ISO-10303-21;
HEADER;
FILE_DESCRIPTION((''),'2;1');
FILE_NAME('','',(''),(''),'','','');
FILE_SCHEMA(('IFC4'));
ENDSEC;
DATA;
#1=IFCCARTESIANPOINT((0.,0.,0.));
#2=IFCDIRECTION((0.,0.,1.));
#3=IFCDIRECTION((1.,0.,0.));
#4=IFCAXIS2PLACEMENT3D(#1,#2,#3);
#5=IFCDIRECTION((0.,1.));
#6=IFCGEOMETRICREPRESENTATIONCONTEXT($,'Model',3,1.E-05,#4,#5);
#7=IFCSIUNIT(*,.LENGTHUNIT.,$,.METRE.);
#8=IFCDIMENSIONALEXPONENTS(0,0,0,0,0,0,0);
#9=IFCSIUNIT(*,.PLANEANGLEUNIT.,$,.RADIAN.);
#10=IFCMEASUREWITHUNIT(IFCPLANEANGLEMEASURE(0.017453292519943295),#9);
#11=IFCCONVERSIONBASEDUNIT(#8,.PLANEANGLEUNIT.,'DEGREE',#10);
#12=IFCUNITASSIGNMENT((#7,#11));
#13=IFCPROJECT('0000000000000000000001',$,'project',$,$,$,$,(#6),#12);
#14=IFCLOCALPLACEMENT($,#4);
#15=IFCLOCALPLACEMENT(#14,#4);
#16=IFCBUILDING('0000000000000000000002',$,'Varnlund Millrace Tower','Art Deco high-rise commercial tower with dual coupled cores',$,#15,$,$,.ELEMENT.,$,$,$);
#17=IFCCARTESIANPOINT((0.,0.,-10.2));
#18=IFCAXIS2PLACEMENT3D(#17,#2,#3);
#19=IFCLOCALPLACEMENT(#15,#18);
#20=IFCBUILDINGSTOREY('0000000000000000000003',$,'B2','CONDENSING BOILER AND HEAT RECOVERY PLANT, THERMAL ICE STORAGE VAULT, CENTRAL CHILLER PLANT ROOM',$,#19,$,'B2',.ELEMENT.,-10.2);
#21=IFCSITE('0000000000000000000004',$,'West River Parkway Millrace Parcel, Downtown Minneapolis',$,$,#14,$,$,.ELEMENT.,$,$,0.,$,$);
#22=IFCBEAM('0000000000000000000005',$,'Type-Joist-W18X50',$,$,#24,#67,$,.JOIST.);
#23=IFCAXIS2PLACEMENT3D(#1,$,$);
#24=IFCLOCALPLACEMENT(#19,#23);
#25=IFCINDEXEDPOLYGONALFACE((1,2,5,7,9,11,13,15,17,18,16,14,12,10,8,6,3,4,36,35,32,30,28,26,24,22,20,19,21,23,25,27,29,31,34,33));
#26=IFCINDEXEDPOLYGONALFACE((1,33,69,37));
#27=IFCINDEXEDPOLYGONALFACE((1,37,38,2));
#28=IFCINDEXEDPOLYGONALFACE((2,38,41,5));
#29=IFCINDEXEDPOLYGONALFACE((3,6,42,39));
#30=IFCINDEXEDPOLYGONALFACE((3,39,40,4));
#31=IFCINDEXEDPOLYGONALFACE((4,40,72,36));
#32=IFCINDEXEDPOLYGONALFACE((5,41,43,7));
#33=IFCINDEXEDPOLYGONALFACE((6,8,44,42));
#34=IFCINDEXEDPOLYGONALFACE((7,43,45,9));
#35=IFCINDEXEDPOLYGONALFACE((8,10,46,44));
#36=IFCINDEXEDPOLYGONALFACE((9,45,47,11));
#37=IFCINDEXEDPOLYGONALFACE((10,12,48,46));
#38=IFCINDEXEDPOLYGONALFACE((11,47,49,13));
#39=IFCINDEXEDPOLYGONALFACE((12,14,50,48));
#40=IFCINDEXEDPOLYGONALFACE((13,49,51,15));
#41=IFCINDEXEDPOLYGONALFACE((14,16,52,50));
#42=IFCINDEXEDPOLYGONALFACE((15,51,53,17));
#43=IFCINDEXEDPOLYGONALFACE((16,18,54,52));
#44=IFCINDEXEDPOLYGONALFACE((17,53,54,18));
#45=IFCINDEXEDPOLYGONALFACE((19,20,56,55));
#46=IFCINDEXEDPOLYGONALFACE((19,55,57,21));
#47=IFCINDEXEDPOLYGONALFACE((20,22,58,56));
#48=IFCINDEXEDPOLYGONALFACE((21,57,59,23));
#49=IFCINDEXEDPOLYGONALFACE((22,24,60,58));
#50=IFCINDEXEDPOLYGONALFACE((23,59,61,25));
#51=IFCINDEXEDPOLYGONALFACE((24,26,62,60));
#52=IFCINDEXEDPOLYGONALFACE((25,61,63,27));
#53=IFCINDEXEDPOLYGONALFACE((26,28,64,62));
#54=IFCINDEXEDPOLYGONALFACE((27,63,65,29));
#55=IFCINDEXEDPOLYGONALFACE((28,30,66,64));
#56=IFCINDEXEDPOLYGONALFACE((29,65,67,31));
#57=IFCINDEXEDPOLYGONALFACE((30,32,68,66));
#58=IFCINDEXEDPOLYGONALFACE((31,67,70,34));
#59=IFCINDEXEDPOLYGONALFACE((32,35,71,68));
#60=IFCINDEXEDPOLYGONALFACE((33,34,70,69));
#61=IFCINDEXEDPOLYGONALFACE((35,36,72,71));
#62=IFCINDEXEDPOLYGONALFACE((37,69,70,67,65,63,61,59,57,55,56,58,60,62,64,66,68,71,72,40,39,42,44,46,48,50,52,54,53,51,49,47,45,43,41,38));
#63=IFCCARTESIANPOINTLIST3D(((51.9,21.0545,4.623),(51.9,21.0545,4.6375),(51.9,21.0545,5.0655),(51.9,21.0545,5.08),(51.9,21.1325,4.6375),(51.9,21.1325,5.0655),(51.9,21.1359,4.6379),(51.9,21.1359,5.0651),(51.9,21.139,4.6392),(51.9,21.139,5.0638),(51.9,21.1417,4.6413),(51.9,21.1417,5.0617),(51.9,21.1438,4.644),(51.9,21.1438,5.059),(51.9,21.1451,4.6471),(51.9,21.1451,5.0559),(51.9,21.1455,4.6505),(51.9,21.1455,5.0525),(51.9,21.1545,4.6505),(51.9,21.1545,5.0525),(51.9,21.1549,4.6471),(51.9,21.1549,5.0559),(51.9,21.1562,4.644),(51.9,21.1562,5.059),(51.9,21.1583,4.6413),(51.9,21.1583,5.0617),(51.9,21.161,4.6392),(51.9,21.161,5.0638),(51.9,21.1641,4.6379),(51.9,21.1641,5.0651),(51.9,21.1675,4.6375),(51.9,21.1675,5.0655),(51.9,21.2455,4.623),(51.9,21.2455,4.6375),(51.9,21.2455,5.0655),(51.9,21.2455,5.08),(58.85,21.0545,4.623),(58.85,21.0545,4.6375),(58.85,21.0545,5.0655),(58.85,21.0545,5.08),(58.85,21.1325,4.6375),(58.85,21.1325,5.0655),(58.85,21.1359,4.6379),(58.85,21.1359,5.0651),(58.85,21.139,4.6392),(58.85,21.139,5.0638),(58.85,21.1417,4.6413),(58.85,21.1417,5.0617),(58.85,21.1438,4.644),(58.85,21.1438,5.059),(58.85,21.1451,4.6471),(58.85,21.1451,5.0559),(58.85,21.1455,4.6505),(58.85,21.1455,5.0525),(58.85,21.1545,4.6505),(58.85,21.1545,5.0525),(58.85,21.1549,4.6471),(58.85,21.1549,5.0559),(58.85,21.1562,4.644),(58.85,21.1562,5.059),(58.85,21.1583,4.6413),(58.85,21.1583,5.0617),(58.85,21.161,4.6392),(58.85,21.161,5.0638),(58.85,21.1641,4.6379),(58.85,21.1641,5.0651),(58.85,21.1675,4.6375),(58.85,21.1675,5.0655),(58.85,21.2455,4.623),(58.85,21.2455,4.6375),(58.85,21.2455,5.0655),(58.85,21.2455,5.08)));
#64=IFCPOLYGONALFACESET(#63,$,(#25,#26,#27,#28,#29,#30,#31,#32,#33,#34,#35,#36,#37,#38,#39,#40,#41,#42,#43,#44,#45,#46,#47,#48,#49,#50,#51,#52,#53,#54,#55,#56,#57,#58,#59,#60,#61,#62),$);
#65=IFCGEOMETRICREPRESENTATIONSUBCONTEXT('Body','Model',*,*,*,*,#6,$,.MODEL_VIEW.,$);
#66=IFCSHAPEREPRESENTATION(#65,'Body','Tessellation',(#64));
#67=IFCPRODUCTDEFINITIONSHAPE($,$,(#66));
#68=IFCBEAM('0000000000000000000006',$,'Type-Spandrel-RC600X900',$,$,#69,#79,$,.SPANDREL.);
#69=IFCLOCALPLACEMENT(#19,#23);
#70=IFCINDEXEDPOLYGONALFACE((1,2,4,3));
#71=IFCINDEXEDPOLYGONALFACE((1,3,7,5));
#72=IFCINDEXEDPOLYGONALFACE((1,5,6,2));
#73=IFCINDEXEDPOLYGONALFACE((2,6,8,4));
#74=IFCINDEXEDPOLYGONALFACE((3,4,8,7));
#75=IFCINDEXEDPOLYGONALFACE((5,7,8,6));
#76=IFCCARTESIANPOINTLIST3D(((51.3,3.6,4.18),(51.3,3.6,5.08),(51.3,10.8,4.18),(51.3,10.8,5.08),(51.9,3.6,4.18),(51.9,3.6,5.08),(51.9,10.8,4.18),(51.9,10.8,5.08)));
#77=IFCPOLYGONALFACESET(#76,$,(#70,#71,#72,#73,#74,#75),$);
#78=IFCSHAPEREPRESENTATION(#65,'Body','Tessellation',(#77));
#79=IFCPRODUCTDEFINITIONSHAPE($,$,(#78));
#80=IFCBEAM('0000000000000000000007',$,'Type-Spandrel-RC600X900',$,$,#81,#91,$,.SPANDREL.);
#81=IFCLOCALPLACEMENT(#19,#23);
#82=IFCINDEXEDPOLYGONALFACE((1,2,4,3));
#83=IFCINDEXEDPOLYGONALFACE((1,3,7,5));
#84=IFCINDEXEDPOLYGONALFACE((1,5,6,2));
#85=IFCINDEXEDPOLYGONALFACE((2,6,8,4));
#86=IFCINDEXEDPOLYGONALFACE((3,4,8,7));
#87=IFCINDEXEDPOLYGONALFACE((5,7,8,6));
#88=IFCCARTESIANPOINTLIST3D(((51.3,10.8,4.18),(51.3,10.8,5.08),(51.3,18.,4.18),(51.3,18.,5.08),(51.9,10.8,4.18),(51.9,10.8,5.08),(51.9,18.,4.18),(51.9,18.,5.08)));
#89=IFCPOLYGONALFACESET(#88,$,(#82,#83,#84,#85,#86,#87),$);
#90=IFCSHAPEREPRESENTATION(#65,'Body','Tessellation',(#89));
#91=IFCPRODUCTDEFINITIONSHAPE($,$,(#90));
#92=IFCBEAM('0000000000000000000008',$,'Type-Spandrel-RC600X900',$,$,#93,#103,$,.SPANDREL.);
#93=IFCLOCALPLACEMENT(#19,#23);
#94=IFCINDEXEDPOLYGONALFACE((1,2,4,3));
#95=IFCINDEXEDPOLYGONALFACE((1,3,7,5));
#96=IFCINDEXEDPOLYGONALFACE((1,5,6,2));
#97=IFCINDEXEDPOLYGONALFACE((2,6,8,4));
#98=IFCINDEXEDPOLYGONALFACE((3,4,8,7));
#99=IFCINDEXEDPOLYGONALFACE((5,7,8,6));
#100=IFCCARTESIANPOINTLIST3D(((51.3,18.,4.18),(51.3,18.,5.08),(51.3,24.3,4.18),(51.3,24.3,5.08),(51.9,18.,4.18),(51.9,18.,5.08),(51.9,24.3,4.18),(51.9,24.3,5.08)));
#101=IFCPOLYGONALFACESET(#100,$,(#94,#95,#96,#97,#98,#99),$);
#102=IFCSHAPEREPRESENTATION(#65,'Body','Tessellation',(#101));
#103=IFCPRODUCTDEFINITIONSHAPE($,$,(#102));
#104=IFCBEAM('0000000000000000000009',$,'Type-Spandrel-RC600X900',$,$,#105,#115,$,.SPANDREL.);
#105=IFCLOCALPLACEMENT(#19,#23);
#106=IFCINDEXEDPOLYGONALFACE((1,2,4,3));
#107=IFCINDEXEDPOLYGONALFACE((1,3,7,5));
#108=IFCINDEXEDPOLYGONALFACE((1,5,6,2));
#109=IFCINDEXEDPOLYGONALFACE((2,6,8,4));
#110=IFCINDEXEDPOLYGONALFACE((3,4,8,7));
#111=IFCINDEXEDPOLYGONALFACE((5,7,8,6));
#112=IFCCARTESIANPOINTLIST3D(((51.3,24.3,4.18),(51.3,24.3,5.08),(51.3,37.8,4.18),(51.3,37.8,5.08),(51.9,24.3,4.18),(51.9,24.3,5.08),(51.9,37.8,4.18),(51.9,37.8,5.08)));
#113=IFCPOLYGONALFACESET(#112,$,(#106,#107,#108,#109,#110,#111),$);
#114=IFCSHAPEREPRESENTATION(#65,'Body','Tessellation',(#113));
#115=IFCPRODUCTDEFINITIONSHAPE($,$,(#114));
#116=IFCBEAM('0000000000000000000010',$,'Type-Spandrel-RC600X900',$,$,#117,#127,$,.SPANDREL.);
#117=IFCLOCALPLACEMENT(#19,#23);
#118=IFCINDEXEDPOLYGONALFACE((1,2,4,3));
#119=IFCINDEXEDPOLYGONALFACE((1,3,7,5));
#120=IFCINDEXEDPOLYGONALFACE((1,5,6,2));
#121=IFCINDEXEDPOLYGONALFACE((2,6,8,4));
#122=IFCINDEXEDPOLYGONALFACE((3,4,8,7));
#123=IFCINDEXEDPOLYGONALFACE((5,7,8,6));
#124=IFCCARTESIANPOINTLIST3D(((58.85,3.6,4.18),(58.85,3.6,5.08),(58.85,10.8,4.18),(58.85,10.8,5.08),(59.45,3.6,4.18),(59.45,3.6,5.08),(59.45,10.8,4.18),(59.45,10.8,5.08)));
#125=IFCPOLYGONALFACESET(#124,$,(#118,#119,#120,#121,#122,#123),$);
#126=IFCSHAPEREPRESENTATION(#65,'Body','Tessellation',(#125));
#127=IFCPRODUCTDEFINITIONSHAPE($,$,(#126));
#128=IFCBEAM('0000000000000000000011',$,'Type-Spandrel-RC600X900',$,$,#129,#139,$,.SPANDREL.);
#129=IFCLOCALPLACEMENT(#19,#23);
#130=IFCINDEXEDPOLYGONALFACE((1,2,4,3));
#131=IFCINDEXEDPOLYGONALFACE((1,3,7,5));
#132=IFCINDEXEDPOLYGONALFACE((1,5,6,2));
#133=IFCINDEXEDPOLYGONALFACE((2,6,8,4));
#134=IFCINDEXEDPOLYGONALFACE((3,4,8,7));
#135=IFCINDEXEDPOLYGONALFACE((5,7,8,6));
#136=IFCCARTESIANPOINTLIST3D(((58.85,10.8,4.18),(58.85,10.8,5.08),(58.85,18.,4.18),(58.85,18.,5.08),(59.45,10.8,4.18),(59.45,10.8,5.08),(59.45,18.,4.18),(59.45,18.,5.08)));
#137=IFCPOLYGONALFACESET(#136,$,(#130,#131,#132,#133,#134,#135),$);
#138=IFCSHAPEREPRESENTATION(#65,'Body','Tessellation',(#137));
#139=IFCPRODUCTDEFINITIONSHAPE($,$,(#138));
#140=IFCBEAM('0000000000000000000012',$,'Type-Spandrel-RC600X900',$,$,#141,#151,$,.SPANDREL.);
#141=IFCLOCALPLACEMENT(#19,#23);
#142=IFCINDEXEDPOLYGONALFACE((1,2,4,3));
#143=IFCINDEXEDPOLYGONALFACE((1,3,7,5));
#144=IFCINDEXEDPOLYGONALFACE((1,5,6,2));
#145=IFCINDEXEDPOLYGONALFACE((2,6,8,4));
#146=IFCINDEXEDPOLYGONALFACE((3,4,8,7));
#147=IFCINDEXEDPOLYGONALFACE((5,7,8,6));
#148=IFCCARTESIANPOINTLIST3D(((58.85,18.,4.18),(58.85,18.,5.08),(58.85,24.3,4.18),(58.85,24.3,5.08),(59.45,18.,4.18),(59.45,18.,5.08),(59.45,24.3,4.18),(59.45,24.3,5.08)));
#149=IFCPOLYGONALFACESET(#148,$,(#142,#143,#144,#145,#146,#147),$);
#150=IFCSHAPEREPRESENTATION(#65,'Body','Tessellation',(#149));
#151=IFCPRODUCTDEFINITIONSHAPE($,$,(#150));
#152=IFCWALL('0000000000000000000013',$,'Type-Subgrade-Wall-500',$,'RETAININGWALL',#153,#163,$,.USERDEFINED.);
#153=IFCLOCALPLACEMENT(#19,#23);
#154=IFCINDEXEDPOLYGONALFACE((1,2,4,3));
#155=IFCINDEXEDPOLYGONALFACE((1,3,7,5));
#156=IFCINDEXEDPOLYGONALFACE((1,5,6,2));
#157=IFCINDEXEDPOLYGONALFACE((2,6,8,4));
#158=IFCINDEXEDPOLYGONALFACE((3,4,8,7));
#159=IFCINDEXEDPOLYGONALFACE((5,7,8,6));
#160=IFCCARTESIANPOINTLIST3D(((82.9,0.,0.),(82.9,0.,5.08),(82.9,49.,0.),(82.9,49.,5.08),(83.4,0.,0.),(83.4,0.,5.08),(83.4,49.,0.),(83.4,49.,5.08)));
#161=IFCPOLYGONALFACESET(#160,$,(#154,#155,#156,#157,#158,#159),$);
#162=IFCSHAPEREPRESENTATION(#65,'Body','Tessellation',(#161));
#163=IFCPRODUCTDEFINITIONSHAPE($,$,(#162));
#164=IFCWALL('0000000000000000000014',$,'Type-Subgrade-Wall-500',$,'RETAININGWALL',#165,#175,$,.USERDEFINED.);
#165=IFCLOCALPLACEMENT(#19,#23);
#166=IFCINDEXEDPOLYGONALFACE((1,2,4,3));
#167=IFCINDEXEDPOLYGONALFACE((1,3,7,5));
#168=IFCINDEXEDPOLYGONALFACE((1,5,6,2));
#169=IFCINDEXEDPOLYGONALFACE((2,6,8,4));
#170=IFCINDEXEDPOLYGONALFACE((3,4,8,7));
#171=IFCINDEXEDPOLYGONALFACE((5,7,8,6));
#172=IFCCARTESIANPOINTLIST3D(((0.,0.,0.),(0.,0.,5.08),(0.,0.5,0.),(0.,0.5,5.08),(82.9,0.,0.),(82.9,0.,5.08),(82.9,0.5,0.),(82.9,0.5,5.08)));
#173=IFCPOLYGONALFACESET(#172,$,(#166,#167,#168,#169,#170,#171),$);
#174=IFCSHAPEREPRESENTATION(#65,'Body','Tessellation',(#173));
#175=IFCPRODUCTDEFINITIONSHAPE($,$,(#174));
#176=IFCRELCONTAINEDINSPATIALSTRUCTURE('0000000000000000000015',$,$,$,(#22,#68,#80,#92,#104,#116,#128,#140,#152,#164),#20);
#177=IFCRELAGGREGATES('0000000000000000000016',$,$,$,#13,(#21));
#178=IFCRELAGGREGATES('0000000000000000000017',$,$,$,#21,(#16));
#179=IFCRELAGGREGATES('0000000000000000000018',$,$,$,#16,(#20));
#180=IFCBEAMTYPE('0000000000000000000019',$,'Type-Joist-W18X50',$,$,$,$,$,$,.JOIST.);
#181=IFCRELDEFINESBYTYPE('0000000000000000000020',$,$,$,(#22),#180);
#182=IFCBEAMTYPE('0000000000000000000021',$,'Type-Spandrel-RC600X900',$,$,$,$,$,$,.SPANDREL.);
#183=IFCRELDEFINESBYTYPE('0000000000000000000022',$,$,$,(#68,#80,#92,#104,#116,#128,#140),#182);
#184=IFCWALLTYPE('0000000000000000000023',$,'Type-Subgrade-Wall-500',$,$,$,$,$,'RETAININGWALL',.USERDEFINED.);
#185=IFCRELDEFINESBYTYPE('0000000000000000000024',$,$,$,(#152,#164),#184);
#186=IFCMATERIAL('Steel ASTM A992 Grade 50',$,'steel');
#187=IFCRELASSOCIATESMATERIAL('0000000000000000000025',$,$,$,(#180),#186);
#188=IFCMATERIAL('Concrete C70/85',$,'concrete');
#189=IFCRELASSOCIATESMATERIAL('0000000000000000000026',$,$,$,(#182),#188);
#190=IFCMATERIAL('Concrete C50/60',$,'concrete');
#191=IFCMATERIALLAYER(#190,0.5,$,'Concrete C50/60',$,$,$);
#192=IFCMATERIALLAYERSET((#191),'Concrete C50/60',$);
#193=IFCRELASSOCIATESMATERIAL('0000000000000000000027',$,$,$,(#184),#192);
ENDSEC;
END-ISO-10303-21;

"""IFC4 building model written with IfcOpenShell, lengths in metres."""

from ifc_helpers import new_model, entity, si_unit, converted_unit, direction, frame, origin_with_axes, origin_2d_with_axis, place, context, subcontext, project, spatial, polyline, rectangle, i_section, outline, extrude, material, layer, layer_set, material_profile, profile_set, type_object, element, save


model = new_model("IFC4")

# Units and contexts
model_context = context("Model", 3, precision=1e-05, world=origin_with_axes(), true_north=direction((0.0, 1.0)))
body_context = subcontext(model_context, "Body", "Model", "MODEL_VIEW")
ifc_project = project(units=[si_unit("LENGTHUNIT", "METRE"), converted_unit("PLANEANGLEUNIT", "DEGREE", entity("IfcPlaneAngleMeasure", 0.017453292519943295), si_unit("PLANEANGLEUNIT", "RADIAN"), dimensions=[0, 0, 0, 0, 0, 0, 0])], contexts=[model_context])

# Site, building, storey
site_placement = place(None, origin_with_axes())
site = spatial("IfcSite", under=ifc_project, at=site_placement, Name="West River Parkway Millrace Parcel, Downtown Minneapolis", CompositionType="ELEMENT", RefElevation=0.0)
building_placement = place(site_placement, origin_with_axes())
building = spatial("IfcBuilding", under=site, at=building_placement, Name="Varnlund Millrace Tower", Description="Art Deco high-rise commercial tower with dual coupled cores", CompositionType="ELEMENT")
storey_placement = place(building_placement, frame((0.0, 0.0, -10.2), z_axis=(0.0, 0.0, 1.0), x_axis=(1.0, 0.0, 0.0)))
storey = spatial("IfcBuildingStorey", under=building, at=storey_placement, Name="B2", Description="CONDENSING BOILER AND HEAT RECOVERY PLANT, THERMAL ICE STORAGE VAULT, CENTRAL CHILLER PLANT ROOM", LongName="B2", CompositionType="ELEMENT", Elevation=-10.2)

# Beams
ifc_material_1 = material(Name="Steel ASTM A992 Grade 50", Category="steel")
ifc_material_profile_1 = material_profile(ifc_material_1, i_section(OverallWidth=0.191, OverallDepth=0.457, WebThickness=0.009, FlangeThickness=0.0145, FilletRadius=0.013, at=origin_2d_with_axis()), Name="Steel ASTM A992 Grade 50")
ifc_profile_set_1 = profile_set([ifc_material_profile_1], Name="Steel ASTM A992 Grade 50")
beam_type_1 = type_object("IfcBeamType", Name="Type-Joist-W18X50", PredefinedType="JOIST", material=ifc_profile_set_1)
for number, where, z_axis, x_axis, name in (
    (1, (51.9, 21.15, 4.8515), (1.0, 0.0, 0.0), (0.0, 1.0, 0.0), "Type-Joist-W18X50"),
):
    element("IfcBeam", number, at=place(storey_placement, frame(where, z_axis=z_axis, x_axis=x_axis)), inside=storey, type_object=beam_type_1, Name=name, PredefinedType="JOIST", context=body_context, shape_type="SweptSolid", body=[
        extrude(i_section(OverallWidth=0.191, OverallDepth=0.457, WebThickness=0.009, FlangeThickness=0.0145, FilletRadius=0.013, at=origin_2d_with_axis()), origin_with_axes(), (0.0, 0.0, 1.0), 6.95),
    ])
ifc_material_2 = material(Name="Concrete C70/85", Category="concrete")
ifc_material_profile_2 = material_profile(ifc_material_2, rectangle(XDim=0.6, YDim=0.9, at=origin_2d_with_axis()), Name="Concrete C70/85")
ifc_profile_set_2 = profile_set([ifc_material_profile_2], Name="Concrete C70/85")
beam_type_2 = type_object("IfcBeamType", Name="Type-Spandrel-RC600X900", PredefinedType="SPANDREL", material=ifc_profile_set_2)
for number, where, z_axis, x_axis, name in (
    (2, (51.6, 3.6, 4.63), (0.0, 1.0, 0.0), (-1.0, 0.0, 0.0), "Type-Spandrel-RC600X900"),
    (3, (51.6, 10.8, 4.63), (0.0, 1.0, 0.0), (-1.0, 0.0, 0.0), "Type-Spandrel-RC600X900"),
):
    element("IfcBeam", number, at=place(storey_placement, frame(where, z_axis=z_axis, x_axis=x_axis)), inside=storey, type_object=beam_type_2, Name=name, PredefinedType="SPANDREL", context=body_context, shape_type="SweptSolid", body=[
        extrude(rectangle(XDim=0.6, YDim=0.9, at=origin_2d_with_axis()), origin_with_axes(), (0.0, 0.0, 1.0), 7.2),
    ])
beam_1_placement = place(storey_placement, frame((51.6, 18.0, 4.63), z_axis=(0.0, 1.0, 0.0), x_axis=(-1.0, 0.0, 0.0)))
element("IfcBeam", 4, at=beam_1_placement, inside=storey, type_object=beam_type_2, Name="Type-Spandrel-RC600X900", PredefinedType="SPANDREL", context=body_context, shape_type="SweptSolid", body=[
    extrude(rectangle(XDim=0.6, YDim=0.9, at=origin_2d_with_axis()), origin_with_axes(), (0.0, 0.0, 1.0), 6.3),
])
beam_2_placement = place(storey_placement, frame((51.6, 24.3, 4.63), z_axis=(0.0, 1.0, 0.0), x_axis=(-1.0, 0.0, 0.0)))
element("IfcBeam", 5, at=beam_2_placement, inside=storey, type_object=beam_type_2, Name="Type-Spandrel-RC600X900", PredefinedType="SPANDREL", context=body_context, shape_type="SweptSolid", body=[
    extrude(rectangle(XDim=0.6, YDim=0.9, at=origin_2d_with_axis()), origin_with_axes(), (0.0, 0.0, 1.0), 13.5),
])
for number, where, z_axis, x_axis, name in (
    (6, (59.15, 3.6, 4.63), (0.0, 1.0, 0.0), (-1.0, 0.0, 0.0), "Type-Spandrel-RC600X900"),
    (7, (59.15, 10.8, 4.63), (0.0, 1.0, 0.0), (-1.0, 0.0, 0.0), "Type-Spandrel-RC600X900"),
):
    element("IfcBeam", number, at=place(storey_placement, frame(where, z_axis=z_axis, x_axis=x_axis)), inside=storey, type_object=beam_type_2, Name=name, PredefinedType="SPANDREL", context=body_context, shape_type="SweptSolid", body=[
        extrude(rectangle(XDim=0.6, YDim=0.9, at=origin_2d_with_axis()), origin_with_axes(), (0.0, 0.0, 1.0), 7.2),
    ])
beam_3_placement = place(storey_placement, frame((59.15, 18.0, 4.63), z_axis=(0.0, 1.0, 0.0), x_axis=(-1.0, 0.0, 0.0)))
element("IfcBeam", 8, at=beam_3_placement, inside=storey, type_object=beam_type_2, Name="Type-Spandrel-RC600X900", PredefinedType="SPANDREL", context=body_context, shape_type="SweptSolid", body=[
    extrude(rectangle(XDim=0.6, YDim=0.9, at=origin_2d_with_axis()), origin_with_axes(), (0.0, 0.0, 1.0), 6.3),
])

# Walls
ifc_material_3 = material(Name="Concrete C50/60", Category="concrete")
ifc_layer = layer(ifc_material_3, 0.5, Name="Concrete C50/60")
ifc_layer_set = layer_set([ifc_layer], Name="Concrete C50/60")
wall_type = type_object("IfcWallType", Name="Type-Subgrade-Wall-500", ElementType="RETAININGWALL", PredefinedType="USERDEFINED", material=ifc_layer_set)
wall_1_placement = place(storey_placement, frame((83.15, 49.0, 0.0), z_axis=(0.0, 0.0, 1.0), x_axis=(0.0, -1.0, 0.0)))
element("IfcWall", 9, at=wall_1_placement, inside=storey, type_object=wall_type, Name="Type-Subgrade-Wall-500", ObjectType="RETAININGWALL", PredefinedType="USERDEFINED", context=body_context, shape_type="SweptSolid", body=[
    extrude(outline(polyline([(0.0, -0.25), (49.0, -0.25), (49.0, 0.25), (0.0, 0.25), (0.0, -0.25)])), origin_with_axes(), (0.0, 0.0, 1.0), 5.08),
])
wall_2_placement = place(storey_placement, frame((82.9, 0.25, 0.0), z_axis=(0.0, 0.0, 1.0), x_axis=(-1.0, 0.0, 0.0)))
element("IfcWall", 10, at=wall_2_placement, inside=storey, type_object=wall_type, Name="Type-Subgrade-Wall-500", ObjectType="RETAININGWALL", PredefinedType="USERDEFINED", context=body_context, shape_type="SweptSolid", body=[
    extrude(outline(polyline([(0.0, -0.25), (82.9, -0.25), (82.9, 0.25), (0.0, 0.25), (0.0, -0.25)])), origin_with_axes(), (0.0, 0.0, 1.0), 5.08),
])

save(model, "model.ifc")
